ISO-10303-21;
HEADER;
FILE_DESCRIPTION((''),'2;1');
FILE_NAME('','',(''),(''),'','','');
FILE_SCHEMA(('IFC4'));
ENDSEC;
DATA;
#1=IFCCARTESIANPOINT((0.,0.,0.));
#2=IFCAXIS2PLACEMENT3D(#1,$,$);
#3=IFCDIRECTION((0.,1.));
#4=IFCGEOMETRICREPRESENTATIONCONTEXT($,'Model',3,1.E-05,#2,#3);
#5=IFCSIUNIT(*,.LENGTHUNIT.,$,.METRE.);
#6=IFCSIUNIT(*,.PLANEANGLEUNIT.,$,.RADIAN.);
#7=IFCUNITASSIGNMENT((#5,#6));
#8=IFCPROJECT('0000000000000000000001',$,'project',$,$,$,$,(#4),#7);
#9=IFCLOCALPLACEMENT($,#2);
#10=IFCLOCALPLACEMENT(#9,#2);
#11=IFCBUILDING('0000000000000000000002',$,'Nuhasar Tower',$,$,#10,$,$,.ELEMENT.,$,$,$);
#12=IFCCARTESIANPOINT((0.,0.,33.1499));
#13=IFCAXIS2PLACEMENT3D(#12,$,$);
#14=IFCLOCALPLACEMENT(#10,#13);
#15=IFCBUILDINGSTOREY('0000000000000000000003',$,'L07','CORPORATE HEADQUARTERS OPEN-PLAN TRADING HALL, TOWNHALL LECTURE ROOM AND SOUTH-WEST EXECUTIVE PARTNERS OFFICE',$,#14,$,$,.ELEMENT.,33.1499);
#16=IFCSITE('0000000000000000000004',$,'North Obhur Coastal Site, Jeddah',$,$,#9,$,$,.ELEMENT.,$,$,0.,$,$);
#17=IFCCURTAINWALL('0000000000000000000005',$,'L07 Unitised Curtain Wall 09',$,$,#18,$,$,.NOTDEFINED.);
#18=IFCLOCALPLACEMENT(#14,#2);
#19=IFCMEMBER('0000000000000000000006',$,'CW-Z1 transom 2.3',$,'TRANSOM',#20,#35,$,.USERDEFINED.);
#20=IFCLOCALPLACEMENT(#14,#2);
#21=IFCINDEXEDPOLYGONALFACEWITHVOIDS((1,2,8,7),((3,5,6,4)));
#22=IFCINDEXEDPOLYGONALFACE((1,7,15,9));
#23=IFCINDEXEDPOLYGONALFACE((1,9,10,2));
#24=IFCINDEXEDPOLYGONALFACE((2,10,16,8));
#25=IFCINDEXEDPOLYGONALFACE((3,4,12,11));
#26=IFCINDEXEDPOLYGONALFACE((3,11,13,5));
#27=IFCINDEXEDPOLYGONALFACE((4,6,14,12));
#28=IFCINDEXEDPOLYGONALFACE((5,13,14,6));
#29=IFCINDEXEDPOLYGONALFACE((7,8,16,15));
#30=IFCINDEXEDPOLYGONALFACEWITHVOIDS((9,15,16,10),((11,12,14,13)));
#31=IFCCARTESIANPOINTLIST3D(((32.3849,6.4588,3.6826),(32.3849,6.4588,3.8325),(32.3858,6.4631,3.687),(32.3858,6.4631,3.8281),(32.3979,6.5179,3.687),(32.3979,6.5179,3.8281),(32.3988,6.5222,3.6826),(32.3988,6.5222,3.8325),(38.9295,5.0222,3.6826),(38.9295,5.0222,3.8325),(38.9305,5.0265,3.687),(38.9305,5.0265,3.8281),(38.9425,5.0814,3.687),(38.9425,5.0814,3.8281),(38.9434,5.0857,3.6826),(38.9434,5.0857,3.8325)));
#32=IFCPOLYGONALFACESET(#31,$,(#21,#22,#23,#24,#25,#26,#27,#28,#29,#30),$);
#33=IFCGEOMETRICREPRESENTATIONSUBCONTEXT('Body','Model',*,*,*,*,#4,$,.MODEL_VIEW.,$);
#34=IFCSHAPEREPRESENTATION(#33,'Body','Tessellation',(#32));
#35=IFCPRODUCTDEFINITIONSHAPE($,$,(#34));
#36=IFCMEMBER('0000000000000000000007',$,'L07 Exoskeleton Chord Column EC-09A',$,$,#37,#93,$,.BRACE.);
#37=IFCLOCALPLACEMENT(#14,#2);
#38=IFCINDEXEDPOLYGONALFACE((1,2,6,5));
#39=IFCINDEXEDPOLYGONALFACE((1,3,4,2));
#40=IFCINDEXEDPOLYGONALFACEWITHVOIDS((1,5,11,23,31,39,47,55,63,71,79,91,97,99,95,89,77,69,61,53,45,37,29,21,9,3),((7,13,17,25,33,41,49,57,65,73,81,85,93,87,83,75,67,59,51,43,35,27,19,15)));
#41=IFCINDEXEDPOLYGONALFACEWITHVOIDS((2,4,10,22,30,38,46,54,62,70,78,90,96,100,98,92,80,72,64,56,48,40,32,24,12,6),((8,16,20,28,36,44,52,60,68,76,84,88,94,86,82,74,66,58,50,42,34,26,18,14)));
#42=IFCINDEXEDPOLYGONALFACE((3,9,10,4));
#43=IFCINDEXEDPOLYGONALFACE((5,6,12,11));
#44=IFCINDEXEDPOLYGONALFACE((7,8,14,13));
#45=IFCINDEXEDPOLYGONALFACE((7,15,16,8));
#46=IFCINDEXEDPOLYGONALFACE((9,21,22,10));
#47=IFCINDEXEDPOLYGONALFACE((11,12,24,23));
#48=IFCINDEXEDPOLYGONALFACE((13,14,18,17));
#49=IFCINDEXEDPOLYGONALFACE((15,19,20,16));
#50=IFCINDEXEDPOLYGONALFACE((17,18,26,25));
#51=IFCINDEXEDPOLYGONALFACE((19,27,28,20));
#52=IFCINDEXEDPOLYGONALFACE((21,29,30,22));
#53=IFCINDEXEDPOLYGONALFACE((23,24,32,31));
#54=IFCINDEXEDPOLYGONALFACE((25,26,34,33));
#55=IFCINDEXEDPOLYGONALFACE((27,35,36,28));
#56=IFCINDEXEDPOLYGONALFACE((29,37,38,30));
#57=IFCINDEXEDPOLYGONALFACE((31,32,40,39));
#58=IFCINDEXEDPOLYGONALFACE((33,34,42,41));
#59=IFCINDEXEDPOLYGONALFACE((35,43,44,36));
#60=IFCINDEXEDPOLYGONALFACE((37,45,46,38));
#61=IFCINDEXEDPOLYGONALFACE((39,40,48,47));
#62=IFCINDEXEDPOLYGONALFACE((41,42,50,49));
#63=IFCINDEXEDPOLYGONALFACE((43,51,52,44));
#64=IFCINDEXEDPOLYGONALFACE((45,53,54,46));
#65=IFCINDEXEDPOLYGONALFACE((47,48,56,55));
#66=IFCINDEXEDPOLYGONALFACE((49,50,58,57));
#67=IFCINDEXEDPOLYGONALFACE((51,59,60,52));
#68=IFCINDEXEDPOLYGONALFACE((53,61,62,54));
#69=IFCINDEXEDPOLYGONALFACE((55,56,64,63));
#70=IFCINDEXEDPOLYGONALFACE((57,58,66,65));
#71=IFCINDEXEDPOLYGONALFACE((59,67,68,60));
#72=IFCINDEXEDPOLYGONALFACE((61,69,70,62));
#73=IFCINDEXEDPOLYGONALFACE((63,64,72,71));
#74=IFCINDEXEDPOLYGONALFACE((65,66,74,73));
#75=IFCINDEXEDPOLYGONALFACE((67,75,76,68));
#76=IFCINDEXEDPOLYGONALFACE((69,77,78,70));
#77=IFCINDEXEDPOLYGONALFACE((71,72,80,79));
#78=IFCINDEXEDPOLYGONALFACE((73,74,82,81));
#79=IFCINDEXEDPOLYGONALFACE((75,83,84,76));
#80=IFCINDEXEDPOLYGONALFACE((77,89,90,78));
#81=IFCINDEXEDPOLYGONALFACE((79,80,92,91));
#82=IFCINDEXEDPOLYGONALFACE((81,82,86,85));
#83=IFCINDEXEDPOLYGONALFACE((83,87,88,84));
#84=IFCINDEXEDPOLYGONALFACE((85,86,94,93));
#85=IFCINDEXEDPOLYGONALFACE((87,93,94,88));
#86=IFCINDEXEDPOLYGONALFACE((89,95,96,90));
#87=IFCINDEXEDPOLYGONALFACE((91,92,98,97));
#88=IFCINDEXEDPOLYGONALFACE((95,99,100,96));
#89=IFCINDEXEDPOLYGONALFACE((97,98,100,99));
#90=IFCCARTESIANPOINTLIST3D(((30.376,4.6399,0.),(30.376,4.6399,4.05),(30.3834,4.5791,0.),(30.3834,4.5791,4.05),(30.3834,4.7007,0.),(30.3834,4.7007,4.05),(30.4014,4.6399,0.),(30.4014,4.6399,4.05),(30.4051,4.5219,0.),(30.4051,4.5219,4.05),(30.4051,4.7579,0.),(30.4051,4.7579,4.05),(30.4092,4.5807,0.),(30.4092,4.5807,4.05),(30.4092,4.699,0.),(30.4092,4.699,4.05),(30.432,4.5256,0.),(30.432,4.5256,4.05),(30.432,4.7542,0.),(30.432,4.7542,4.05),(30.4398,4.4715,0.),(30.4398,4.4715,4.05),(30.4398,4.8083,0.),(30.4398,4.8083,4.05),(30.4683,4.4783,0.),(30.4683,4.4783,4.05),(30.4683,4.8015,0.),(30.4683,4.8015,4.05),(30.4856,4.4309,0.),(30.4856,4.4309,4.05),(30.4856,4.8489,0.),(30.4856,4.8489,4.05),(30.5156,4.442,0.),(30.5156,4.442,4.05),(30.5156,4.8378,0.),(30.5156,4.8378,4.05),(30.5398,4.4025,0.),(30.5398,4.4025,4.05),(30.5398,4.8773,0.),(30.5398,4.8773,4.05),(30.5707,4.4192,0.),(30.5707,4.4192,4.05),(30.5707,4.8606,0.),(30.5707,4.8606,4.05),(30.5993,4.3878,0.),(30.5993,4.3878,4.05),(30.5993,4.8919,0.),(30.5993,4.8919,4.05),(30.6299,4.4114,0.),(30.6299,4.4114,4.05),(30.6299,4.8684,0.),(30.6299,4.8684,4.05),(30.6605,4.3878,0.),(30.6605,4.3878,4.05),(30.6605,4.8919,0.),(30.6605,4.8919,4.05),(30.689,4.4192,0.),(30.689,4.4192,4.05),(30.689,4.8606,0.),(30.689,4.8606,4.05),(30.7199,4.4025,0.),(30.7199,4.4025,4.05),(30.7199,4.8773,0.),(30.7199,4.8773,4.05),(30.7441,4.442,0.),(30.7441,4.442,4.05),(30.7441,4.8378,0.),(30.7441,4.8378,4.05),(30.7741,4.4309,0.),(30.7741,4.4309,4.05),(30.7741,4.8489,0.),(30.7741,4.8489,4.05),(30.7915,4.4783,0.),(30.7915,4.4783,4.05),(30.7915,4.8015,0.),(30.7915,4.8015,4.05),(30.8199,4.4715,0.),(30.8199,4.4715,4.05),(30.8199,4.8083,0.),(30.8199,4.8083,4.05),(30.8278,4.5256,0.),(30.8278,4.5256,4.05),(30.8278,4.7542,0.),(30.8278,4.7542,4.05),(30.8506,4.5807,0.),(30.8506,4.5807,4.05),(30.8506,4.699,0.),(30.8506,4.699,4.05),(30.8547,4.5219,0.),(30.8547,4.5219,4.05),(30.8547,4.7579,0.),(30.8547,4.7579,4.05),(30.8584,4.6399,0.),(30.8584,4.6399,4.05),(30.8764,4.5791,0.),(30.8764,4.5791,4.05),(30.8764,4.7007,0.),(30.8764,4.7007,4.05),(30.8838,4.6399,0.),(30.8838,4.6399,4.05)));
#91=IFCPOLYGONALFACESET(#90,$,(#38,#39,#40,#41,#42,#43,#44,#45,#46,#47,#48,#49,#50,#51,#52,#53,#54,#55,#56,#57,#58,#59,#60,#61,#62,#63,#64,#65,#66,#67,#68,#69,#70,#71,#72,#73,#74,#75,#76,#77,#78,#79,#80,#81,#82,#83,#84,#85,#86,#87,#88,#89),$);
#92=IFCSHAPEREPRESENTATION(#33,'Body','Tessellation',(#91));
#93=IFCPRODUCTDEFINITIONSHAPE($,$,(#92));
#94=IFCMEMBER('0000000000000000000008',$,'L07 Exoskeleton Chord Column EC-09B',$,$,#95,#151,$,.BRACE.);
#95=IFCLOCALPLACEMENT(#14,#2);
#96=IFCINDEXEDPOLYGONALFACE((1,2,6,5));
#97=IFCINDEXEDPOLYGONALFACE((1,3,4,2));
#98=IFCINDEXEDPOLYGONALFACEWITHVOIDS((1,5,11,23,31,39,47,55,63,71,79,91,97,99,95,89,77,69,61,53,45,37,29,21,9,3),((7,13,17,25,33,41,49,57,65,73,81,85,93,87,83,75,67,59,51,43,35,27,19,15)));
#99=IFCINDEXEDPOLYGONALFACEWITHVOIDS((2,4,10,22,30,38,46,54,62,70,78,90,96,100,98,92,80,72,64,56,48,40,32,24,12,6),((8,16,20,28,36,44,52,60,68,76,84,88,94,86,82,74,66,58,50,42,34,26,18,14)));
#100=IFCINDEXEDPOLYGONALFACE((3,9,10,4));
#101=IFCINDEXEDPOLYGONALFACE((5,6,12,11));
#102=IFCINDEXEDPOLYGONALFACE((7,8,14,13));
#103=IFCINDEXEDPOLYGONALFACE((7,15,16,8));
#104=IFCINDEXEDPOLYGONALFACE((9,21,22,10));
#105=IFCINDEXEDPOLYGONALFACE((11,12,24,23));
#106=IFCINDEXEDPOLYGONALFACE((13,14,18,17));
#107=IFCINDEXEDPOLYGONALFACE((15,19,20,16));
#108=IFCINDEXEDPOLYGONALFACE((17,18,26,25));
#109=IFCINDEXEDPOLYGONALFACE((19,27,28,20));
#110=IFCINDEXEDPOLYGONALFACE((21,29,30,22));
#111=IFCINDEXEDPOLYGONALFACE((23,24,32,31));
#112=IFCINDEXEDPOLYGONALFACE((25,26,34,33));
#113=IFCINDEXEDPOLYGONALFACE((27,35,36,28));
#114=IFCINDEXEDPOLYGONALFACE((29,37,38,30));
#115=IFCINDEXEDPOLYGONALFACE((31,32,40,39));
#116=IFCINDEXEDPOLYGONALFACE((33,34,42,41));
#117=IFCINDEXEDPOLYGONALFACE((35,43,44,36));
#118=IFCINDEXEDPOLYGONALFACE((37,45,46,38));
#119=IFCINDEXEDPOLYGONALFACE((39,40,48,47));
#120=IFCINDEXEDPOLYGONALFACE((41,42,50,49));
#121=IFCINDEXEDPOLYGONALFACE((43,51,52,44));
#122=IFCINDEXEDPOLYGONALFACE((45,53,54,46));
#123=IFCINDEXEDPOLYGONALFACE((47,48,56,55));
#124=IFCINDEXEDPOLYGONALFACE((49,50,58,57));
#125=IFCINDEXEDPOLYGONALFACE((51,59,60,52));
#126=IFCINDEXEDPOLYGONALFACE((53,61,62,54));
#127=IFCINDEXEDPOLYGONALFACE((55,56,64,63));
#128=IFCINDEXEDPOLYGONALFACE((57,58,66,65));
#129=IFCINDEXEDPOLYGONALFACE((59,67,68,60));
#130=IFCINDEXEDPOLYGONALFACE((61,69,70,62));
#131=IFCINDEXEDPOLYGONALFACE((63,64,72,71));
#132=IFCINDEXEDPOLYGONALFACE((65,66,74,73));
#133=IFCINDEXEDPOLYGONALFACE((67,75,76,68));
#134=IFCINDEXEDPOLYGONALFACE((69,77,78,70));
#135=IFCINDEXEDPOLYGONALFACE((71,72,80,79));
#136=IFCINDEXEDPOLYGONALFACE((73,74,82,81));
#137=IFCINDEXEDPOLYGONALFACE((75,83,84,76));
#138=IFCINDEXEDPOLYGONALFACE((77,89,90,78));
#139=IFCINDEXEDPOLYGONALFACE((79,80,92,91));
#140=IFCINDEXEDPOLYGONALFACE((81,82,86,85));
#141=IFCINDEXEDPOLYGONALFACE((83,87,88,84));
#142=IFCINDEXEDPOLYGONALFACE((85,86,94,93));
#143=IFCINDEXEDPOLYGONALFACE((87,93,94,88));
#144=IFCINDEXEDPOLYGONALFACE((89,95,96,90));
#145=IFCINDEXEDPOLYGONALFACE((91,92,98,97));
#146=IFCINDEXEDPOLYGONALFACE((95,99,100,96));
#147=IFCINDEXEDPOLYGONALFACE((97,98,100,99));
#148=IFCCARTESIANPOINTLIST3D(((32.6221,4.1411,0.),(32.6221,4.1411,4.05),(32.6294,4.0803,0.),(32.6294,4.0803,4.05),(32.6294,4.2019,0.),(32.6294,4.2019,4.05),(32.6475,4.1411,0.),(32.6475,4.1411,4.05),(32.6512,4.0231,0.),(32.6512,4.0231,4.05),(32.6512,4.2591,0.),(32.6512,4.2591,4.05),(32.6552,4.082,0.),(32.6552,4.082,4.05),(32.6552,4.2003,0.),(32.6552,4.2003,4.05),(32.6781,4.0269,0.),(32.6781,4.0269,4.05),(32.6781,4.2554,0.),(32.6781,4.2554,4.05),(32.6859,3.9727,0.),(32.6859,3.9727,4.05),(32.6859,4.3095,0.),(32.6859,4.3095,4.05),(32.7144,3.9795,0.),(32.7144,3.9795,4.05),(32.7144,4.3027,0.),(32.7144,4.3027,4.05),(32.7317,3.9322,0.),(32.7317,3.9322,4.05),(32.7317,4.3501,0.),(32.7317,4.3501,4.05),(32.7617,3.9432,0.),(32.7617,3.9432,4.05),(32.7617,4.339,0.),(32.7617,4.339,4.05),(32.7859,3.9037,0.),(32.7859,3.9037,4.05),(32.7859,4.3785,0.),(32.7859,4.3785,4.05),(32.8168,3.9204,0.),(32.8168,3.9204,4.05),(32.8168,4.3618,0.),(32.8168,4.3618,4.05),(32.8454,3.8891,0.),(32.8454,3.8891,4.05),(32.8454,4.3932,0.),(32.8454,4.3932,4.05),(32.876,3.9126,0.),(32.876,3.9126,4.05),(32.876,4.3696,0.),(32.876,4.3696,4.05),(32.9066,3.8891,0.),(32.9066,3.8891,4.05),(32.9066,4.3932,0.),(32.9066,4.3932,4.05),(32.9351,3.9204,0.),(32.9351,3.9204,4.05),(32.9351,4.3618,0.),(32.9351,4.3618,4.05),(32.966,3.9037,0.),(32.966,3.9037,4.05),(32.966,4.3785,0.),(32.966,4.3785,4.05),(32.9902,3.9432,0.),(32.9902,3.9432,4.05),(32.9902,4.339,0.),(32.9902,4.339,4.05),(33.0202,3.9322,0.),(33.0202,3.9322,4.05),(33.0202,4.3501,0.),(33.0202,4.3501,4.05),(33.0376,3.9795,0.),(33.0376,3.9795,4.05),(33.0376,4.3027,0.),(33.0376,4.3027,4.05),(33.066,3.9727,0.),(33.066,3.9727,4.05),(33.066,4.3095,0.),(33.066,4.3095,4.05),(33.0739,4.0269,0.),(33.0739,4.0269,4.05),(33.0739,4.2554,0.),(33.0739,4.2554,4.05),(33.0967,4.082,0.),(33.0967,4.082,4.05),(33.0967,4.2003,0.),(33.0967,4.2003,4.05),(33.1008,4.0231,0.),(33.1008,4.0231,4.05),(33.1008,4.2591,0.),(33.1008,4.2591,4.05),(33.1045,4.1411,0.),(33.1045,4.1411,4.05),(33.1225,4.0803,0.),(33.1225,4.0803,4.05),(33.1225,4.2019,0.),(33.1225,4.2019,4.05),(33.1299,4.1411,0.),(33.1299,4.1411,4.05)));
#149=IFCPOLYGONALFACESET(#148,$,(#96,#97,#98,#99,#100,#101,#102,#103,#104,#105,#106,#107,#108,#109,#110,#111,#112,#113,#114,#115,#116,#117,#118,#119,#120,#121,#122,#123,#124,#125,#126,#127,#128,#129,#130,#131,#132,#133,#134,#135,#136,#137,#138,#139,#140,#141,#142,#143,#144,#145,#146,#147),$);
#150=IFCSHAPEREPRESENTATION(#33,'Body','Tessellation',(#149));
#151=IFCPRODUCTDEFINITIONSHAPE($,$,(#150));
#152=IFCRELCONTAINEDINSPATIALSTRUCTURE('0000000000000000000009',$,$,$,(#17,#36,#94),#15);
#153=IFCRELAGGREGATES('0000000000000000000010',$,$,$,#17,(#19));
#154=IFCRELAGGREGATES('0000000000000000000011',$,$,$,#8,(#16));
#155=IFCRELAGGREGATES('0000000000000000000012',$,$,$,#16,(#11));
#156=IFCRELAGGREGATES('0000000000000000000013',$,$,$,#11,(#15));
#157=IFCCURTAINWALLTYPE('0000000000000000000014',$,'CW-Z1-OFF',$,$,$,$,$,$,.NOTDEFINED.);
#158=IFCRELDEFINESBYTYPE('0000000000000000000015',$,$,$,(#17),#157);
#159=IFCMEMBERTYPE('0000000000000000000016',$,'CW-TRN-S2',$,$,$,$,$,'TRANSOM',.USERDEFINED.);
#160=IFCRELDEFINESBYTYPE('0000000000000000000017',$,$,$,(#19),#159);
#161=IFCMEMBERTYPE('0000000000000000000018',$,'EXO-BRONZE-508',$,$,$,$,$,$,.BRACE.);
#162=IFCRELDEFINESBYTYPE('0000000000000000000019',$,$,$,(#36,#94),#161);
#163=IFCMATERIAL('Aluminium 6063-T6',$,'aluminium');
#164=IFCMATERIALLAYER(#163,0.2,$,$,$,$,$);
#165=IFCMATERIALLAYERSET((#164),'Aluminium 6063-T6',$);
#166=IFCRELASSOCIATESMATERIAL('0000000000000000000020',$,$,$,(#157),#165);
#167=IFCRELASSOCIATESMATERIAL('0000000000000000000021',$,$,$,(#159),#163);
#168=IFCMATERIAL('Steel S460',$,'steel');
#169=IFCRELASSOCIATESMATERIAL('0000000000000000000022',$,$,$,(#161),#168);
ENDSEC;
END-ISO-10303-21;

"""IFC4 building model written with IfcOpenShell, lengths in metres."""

from ifc_helpers import new_model, si_unit, direction, frame, origin, origin_2d, place, context, subcontext, project, spatial, hollow_rectangle, hollow_circle, extrude, material, layer, layer_set, material_profile, profile_set, type_object, element, aggregate, save


model = new_model("IFC4")

# Units and contexts
model_context = context("Model", 3, precision=1e-05, world=origin(), true_north=direction((0.0, 1.0)))
body_context = subcontext(model_context, "Body", "Model", "MODEL_VIEW")
ifc_project = project(units=[si_unit("LENGTHUNIT", "METRE"), si_unit("PLANEANGLEUNIT", "RADIAN")], contexts=[model_context])

# Site, building, storey
site_placement = place(None, origin())
site = spatial("IfcSite", under=ifc_project, at=site_placement, Name="North Obhur Coastal Site, Jeddah", CompositionType="ELEMENT", RefElevation=0.0)
building_placement = place(site_placement, origin())
building = spatial("IfcBuilding", under=site, at=building_placement, Name="Nuhasar Tower", CompositionType="ELEMENT")
storey_placement = place(building_placement, frame((0.0, 0.0, 33.1499)))
storey = spatial("IfcBuildingStorey", under=building, at=storey_placement, Name="L07", Description="CORPORATE HEADQUARTERS OPEN-PLAN TRADING HALL, TOWNHALL LECTURE ROOM AND SOUTH-WEST EXECUTIVE PARTNERS OFFICE", CompositionType="ELEMENT", Elevation=33.1499)

# Curtain wall, member
ifc_material_1 = material(Name="Aluminium 6063-T6", Category="aluminium")
ifc_layer_1 = layer(ifc_material_1, 0.2)
ifc_layer_set_1 = layer_set([ifc_layer_1], Name="Aluminium 6063-T6")
curtain_wall_type = type_object("IfcCurtainWallType", Name="CW-Z1-OFF", PredefinedType="NOTDEFINED", material=ifc_layer_set_1)
curtain_wall_placement = place(storey_placement, origin())
curtain_wall = element("IfcCurtainWall", 1, at=curtain_wall_placement, inside=storey, type_object=curtain_wall_type, Name="L07 Unitised Curtain Wall 09", PredefinedType="NOTDEFINED")
ifc_material_profile_1 = material_profile(ifc_material_1, hollow_rectangle(XDim=0.0649, YDim=0.1499, WallThickness=0.0044, at=origin_2d()), Name="CWT-2")
ifc_profile_set_1 = profile_set([ifc_material_profile_1], Name="Aluminium 6063-T6")
member_type_1 = type_object("IfcMemberType", Name="CW-TRN-S2", ElementType="TRANSOM", PredefinedType="USERDEFINED", material=ifc_profile_set_1)
member_1_placement = place(storey_placement, frame((32.3918, 6.4905, 3.7576), z_axis=(0.976748, -0.214391, 0.0), x_axis=(0.214391, 0.976748, 0.0)))
member_1 = element("IfcMember", 2, at=member_1_placement, type_object=member_type_1, Name="CW-Z1 transom 2.3", ObjectType="TRANSOM", PredefinedType="USERDEFINED", context=body_context, shape_type="SweptSolid", body=[
    extrude(hollow_rectangle(XDim=0.0649, YDim=0.1499, WallThickness=0.0044, at=origin_2d()), origin(), (0.0, 0.0, 1.0), 6.7004),
])

# Members
ifc_material_2 = material(Name="Steel S460", Category="steel")
ifc_material_profile_2 = material_profile(ifc_material_2, hollow_circle(Radius=0.2539, WallThickness=0.0254, at=origin_2d()), Name="HSS508X25.4")
ifc_profile_set_2 = profile_set([ifc_material_profile_2], Name="Steel S460")
member_type_2 = type_object("IfcMemberType", Name="EXO-BRONZE-508", PredefinedType="BRACE", material=ifc_profile_set_2)
for number, where, z_axis, x_axis, name in (
    (3, (30.6299, 4.6399, 0.0), (0.0, 0.0, 1.0), (1.0, 0.0, 0.0), "L07 Exoskeleton Chord Column EC-09A"),
    (4, (32.876, 4.1411, 0.0), (0.0, 0.0, 1.0), (1.0, 0.0, 0.0), "L07 Exoskeleton Chord Column EC-09B"),
):
    element("IfcMember", number, at=place(storey_placement, frame(where, z_axis=z_axis, x_axis=x_axis)), inside=storey, type_object=member_type_2, Name=name, PredefinedType="BRACE", context=body_context, shape_type="SweptSolid", body=[
        extrude(hollow_circle(Radius=0.2539, WallThickness=0.0254, at=origin_2d()), origin(), (0.0, 0.0, 1.0), 4.05),
    ])

aggregate(curtain_wall, [member_1])

save(model, "model.ifc")
